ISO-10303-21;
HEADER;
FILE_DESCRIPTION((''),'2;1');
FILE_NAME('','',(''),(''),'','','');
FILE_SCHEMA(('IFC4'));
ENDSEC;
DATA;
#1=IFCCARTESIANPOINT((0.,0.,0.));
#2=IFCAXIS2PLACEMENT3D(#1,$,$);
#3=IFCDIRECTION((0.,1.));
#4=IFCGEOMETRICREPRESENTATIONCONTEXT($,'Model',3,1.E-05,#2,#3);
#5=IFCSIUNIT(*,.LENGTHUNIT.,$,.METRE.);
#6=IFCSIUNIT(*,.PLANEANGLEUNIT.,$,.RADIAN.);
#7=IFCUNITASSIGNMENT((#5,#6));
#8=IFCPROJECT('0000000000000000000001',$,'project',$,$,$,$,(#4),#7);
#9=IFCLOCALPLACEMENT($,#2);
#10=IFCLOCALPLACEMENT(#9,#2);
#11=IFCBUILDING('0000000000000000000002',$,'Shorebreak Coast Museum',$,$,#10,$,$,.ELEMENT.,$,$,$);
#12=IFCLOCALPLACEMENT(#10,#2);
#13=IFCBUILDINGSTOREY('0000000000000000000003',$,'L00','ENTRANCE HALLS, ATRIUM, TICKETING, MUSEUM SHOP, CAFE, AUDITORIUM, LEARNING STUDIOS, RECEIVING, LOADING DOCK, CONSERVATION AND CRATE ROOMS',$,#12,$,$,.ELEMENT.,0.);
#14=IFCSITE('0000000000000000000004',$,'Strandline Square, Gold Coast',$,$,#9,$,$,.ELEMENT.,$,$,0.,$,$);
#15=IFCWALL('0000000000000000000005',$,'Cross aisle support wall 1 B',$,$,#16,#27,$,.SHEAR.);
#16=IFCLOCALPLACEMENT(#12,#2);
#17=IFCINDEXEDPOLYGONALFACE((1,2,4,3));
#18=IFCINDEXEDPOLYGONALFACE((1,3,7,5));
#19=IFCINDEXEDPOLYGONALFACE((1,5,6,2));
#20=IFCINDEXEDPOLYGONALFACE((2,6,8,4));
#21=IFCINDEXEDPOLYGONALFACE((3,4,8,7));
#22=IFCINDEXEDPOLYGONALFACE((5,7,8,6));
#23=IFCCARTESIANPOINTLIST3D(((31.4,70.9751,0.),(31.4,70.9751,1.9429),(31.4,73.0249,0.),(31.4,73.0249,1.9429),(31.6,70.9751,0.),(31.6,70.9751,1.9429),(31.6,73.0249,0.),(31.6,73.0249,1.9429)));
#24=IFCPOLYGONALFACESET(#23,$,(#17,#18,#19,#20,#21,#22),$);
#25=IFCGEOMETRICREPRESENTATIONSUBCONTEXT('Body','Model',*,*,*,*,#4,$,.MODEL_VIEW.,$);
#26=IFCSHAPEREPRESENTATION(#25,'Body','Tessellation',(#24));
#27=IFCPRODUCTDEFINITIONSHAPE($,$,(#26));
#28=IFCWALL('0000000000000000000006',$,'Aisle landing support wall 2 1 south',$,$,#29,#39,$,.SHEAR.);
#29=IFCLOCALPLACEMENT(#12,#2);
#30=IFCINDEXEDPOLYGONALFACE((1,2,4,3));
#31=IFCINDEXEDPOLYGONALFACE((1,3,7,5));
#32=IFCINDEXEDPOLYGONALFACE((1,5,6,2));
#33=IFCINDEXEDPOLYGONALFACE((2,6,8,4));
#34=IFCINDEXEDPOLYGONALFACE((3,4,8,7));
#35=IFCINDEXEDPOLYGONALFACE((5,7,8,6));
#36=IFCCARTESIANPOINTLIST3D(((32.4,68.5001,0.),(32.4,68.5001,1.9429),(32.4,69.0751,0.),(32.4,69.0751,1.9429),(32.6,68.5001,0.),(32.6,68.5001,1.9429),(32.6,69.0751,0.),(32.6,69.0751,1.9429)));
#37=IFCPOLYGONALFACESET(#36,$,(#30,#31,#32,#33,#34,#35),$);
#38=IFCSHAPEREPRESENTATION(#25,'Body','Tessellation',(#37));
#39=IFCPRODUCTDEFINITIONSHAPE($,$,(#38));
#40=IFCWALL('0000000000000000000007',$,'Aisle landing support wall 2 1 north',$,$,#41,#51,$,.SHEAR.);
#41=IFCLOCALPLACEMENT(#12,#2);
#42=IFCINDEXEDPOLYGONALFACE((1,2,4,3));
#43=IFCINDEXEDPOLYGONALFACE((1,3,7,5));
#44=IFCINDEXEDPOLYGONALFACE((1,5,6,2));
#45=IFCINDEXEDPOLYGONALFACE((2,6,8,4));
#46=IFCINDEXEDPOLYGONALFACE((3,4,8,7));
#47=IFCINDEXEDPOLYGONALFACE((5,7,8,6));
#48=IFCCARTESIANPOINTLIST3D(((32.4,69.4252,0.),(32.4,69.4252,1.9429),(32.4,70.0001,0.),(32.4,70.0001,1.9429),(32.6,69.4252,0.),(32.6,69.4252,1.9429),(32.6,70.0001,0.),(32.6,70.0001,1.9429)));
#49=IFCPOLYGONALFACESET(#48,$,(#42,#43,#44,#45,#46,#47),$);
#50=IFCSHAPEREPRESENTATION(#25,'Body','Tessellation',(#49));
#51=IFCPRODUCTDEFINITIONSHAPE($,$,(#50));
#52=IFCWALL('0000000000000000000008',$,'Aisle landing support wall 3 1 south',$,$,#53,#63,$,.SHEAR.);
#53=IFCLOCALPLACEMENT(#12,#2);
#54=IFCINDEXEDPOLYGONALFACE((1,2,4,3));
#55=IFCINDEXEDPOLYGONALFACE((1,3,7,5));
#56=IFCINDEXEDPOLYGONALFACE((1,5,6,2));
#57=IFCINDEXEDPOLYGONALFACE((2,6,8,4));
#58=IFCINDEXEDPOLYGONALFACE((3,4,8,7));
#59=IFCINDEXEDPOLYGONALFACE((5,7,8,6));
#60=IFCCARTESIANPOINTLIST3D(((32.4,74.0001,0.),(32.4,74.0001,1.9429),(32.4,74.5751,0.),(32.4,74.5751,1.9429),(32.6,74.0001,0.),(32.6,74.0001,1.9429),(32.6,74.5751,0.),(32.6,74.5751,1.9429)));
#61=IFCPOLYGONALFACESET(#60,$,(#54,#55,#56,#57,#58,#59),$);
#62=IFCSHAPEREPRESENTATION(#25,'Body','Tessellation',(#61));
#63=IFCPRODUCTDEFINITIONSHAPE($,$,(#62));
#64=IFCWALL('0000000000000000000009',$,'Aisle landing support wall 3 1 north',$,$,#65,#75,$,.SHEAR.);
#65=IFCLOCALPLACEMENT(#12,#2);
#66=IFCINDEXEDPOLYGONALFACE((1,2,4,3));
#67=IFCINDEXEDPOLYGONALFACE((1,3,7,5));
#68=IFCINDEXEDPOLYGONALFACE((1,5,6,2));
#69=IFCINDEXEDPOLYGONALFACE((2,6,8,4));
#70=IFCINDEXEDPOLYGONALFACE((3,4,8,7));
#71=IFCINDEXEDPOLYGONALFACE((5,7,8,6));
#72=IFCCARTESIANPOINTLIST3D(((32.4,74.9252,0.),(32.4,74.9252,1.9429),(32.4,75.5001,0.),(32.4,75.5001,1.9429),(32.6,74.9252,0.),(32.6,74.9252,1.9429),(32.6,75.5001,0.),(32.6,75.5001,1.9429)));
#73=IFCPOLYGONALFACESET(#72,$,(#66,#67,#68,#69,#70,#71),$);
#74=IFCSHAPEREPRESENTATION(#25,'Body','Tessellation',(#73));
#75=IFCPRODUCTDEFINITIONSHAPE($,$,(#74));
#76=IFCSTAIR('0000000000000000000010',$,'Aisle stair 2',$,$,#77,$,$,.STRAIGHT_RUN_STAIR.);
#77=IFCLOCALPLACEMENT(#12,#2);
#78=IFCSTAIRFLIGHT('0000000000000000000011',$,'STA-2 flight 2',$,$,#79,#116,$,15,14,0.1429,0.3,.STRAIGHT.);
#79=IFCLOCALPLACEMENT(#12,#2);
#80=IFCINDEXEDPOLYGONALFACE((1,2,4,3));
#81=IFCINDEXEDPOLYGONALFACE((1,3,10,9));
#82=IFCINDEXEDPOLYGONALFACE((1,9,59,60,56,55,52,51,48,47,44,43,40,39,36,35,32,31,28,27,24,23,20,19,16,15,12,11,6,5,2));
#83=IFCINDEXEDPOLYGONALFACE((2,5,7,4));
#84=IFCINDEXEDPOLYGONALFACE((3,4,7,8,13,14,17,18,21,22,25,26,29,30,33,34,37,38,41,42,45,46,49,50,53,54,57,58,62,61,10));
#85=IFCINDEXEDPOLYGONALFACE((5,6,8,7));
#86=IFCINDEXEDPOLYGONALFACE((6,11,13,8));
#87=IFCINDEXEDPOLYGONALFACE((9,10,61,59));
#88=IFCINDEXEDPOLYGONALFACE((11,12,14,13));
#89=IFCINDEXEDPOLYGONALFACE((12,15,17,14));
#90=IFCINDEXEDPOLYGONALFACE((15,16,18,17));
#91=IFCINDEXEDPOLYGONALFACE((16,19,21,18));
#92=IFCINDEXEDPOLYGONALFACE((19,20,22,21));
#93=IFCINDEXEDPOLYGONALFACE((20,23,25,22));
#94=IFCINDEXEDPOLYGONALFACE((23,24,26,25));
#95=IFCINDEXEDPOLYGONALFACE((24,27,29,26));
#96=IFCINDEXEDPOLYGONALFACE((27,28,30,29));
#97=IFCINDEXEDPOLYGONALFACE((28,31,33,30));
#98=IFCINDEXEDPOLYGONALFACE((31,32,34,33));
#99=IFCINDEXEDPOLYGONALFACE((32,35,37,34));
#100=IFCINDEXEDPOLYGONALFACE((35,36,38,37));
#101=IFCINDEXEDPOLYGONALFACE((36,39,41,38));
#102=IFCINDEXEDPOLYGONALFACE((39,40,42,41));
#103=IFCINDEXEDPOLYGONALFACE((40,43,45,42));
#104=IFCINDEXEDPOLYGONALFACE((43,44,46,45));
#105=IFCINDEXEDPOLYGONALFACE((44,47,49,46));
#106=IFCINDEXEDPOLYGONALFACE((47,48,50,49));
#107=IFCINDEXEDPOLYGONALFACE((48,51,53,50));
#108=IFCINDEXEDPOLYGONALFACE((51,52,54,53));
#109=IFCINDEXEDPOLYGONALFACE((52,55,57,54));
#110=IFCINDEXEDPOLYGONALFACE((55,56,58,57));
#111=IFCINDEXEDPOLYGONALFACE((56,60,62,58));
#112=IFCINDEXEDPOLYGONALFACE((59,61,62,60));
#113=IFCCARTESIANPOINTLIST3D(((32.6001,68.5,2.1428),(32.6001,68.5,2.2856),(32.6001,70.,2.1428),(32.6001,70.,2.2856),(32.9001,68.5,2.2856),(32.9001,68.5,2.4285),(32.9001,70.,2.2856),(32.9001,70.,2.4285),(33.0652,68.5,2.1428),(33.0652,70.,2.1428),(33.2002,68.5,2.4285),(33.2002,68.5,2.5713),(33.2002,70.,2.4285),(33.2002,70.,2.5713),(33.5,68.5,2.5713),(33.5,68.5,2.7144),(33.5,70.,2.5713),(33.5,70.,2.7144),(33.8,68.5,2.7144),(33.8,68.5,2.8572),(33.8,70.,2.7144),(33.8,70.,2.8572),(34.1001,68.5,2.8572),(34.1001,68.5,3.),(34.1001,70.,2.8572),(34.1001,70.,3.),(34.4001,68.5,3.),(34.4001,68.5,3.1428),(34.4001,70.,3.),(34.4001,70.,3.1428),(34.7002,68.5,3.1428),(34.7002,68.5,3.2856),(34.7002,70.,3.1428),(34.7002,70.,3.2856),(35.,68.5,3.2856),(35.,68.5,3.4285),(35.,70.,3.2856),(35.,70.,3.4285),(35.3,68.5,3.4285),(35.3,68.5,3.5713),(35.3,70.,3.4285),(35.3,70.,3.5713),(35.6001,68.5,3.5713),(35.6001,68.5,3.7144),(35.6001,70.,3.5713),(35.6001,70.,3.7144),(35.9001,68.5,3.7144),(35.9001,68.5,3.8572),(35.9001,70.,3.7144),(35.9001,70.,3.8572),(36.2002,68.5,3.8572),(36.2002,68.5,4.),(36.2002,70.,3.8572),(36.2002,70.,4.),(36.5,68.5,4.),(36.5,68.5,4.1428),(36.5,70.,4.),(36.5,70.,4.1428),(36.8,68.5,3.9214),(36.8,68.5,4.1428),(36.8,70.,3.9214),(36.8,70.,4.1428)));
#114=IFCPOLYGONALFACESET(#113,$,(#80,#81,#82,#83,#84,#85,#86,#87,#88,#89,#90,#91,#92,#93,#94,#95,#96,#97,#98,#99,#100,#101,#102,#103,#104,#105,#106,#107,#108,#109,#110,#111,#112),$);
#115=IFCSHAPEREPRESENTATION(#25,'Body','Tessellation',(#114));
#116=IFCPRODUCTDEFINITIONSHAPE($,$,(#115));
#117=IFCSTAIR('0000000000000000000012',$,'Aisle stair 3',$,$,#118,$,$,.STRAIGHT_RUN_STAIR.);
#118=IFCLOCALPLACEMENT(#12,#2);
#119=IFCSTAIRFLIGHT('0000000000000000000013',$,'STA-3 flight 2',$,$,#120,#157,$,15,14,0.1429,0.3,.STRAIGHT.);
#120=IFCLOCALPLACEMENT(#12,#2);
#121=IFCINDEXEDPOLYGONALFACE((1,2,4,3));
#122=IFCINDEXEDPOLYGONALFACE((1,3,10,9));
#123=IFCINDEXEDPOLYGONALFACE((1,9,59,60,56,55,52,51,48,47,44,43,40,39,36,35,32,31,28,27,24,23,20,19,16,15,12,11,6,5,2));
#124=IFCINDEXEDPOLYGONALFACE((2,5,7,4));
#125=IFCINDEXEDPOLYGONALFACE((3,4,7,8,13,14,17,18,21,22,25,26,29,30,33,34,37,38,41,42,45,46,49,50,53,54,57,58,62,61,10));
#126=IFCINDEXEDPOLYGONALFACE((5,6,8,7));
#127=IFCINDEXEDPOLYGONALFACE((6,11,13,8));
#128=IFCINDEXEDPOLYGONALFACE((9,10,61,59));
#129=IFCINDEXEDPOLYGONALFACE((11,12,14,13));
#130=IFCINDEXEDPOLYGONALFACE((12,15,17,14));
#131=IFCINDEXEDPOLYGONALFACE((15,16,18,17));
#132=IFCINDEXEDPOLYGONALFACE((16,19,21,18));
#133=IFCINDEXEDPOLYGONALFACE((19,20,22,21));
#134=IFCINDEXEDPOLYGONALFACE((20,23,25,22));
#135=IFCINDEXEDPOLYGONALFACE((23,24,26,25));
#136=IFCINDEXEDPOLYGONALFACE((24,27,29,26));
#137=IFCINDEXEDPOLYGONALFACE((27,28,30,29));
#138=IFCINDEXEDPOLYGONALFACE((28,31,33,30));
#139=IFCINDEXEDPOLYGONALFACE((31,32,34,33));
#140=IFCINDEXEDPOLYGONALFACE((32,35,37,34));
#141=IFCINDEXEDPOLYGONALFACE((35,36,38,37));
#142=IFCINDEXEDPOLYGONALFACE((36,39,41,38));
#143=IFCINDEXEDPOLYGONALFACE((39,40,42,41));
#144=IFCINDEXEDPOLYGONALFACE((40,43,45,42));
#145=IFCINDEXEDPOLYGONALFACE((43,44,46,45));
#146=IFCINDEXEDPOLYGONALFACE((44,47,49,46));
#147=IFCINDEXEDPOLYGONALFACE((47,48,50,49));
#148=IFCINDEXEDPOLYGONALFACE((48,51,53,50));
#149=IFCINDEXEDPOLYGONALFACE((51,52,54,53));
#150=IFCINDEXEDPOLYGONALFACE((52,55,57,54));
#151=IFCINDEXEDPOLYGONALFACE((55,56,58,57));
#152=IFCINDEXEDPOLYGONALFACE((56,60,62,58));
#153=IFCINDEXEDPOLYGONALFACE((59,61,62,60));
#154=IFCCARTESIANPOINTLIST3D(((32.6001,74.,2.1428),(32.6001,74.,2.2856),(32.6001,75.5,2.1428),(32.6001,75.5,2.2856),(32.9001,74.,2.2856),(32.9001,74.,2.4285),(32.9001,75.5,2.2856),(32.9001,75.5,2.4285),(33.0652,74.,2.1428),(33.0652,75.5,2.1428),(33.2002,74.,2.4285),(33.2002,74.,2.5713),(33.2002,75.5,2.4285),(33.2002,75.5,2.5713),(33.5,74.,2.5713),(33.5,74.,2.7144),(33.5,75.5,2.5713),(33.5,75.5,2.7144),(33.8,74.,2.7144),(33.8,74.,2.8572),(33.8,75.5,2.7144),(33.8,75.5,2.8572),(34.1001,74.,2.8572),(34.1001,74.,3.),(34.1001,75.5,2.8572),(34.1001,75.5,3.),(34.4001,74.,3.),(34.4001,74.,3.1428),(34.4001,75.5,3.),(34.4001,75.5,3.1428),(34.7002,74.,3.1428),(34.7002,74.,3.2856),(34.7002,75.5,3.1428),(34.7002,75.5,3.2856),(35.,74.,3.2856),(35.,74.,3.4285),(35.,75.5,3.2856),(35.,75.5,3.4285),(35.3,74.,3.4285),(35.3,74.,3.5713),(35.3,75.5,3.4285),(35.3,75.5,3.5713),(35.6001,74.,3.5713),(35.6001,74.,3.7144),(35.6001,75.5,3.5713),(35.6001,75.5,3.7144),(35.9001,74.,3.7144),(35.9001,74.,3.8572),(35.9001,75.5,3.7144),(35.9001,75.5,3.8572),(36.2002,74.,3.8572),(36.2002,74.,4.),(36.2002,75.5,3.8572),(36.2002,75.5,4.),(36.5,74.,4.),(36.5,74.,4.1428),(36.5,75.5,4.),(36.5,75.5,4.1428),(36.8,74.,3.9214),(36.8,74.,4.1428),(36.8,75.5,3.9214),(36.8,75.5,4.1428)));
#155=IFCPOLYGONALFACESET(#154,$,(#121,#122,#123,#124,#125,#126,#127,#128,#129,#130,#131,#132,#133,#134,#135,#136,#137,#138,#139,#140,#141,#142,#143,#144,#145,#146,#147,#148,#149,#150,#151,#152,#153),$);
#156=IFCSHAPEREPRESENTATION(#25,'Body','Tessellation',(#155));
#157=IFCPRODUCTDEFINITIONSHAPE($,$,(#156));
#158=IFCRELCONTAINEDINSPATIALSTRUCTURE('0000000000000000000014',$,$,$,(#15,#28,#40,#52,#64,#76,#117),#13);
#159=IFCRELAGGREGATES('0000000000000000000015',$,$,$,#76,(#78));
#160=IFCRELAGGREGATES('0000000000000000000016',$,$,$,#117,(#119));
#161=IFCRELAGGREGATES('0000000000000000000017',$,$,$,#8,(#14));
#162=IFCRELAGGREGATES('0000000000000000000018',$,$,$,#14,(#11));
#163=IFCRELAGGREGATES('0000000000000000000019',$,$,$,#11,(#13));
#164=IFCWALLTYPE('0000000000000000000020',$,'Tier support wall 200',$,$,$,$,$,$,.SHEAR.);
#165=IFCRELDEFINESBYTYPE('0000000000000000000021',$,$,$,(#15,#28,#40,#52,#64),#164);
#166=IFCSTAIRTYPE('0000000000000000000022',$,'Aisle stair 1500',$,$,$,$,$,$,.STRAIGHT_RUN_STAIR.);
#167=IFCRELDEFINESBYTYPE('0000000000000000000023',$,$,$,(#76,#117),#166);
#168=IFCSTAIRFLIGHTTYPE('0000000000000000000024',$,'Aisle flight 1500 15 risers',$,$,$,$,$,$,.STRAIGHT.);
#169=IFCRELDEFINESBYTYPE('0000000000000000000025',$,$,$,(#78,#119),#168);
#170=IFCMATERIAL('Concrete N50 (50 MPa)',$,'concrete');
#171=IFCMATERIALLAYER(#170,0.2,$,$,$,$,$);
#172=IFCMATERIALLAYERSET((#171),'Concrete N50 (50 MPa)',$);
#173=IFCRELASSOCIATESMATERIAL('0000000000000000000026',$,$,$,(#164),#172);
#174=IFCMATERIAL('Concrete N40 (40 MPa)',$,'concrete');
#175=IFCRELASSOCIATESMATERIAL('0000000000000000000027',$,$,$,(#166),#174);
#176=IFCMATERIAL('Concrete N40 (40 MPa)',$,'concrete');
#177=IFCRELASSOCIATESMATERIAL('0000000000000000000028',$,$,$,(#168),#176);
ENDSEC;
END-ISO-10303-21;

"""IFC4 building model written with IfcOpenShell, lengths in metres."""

from ifc_helpers import new_model, si_unit, direction, frame, frame_2d, origin, place, context, subcontext, project, spatial, polyline, rectangle, outline, extrude, material, layer, layer_set, type_object, element, aggregate, save


model = new_model("IFC4")

# Units and contexts
model_context = context("Model", 3, precision=1e-05, world=origin(), true_north=direction((0.0, 1.0)))
body_context = subcontext(model_context, "Body", "Model", "MODEL_VIEW")
ifc_project = project(units=[si_unit("LENGTHUNIT", "METRE"), si_unit("PLANEANGLEUNIT", "RADIAN")], contexts=[model_context])

# Site, building, storey
site_placement = place(None, origin())
site = spatial("IfcSite", under=ifc_project, at=site_placement, Name="Strandline Square, Gold Coast", CompositionType="ELEMENT", RefElevation=0.0)
building_placement = place(site_placement, origin())
building = spatial("IfcBuilding", under=site, at=building_placement, Name="Shorebreak Coast Museum", CompositionType="ELEMENT")
storey_placement = place(building_placement, origin())
storey = spatial("IfcBuildingStorey", under=building, at=storey_placement, Name="L00", Description="ENTRANCE HALLS, ATRIUM, TICKETING, MUSEUM SHOP, CAFE, AUDITORIUM, LEARNING STUDIOS, RECEIVING, LOADING DOCK, CONSERVATION AND CRATE ROOMS", CompositionType="ELEMENT", Elevation=0.0)

# Walls
ifc_material_1 = material(Name="Concrete N50 (50 MPa)", Category="concrete")
ifc_layer = layer(ifc_material_1, 0.2)
ifc_layer_set = layer_set([ifc_layer], Name="Concrete N50 (50 MPa)")
wall_type = type_object("IfcWallType", Name="Tier support wall 200", PredefinedType="SHEAR", material=ifc_layer_set)
for number, where, z_axis, x_axis, name in (
    (1, (31.5, 70.9751, 0.0), (0.0, 0.0, 1.0), (0.0, 1.0, 0.0), "Cross aisle support wall 1 B"),
):
    element("IfcWall", number, at=place(storey_placement, frame(where, z_axis=z_axis, x_axis=x_axis)), inside=storey, type_object=wall_type, Name=name, PredefinedType="SHEAR", context=body_context, shape_type="SweptSolid", body=[
        extrude(rectangle(XDim=2.0498, YDim=0.2, at=frame_2d((1.0249, 0.0))), origin(), (0.0, 0.0, 1.0), 1.9429),
    ])
for number, where, z_axis, x_axis, name in (
    (2, (32.5, 68.5, 0.0), (0.0, 0.0, 1.0), (0.0, 1.0, 0.0), "Aisle landing support wall 2 1 south"),
    (3, (32.5, 69.425, 0.0), (0.0, 0.0, 1.0), (0.0, 1.0, 0.0), "Aisle landing support wall 2 1 north"),
    (4, (32.5, 74.0, 0.0), (0.0, 0.0, 1.0), (0.0, 1.0, 0.0), "Aisle landing support wall 3 1 south"),
    (5, (32.5, 74.925, 0.0), (0.0, 0.0, 1.0), (0.0, 1.0, 0.0), "Aisle landing support wall 3 1 north"),
):
    element("IfcWall", number, at=place(storey_placement, frame(where, z_axis=z_axis, x_axis=x_axis)), inside=storey, type_object=wall_type, Name=name, PredefinedType="SHEAR", context=body_context, shape_type="SweptSolid", body=[
        extrude(rectangle(XDim=0.575, YDim=0.2, at=frame_2d((0.2876, 0.0))), origin(), (0.0, 0.0, 1.0), 1.9429),
    ])

# Stairs, stair flights
ifc_material_2 = material(Name="Concrete N40 (40 MPa)", Category="concrete")
stair_type = type_object("IfcStairType", Name="Aisle stair 1500", PredefinedType="STRAIGHT_RUN_STAIR", material=ifc_material_2)
stair_1_placement = place(storey_placement, origin())
stair_1 = element("IfcStair", 6, at=stair_1_placement, inside=storey, type_object=stair_type, Name="Aisle stair 2", PredefinedType="STRAIGHT_RUN_STAIR")
ifc_material_3 = material(Name="Concrete N40 (40 MPa)", Category="concrete")
stair_flight_type = type_object("IfcStairFlightType", Name="Aisle flight 1500 15 risers", PredefinedType="STRAIGHT", material=ifc_material_3)
stair_flight_1_placement = place(storey_placement, frame((32.6001, 69.25, 2.1428), z_axis=(0.0, 0.0, 1.0), x_axis=(1.0, 0.0, 0.0)))
stair_flight_1 = element("IfcStairFlight", 7, at=stair_flight_1_placement, type_object=stair_flight_type, Name="STA-2 flight 2", NumberOfRisers=15, NumberOfTreads=14, PredefinedType="STRAIGHT", RiserHeight=0.1429, TreadLength=0.3, context=body_context, shape_type="SweptSolid", body=[
    extrude(outline(polyline([(0.0, 0.0), (0.0, 0.1428), (0.3, 0.1428), (0.3, 0.2856), (0.6001, 0.2856), (0.6001, 0.4285), (0.8999, 0.4285), (0.8999, 0.5715), (1.2, 0.5715), (1.2, 0.7144), (1.5, 0.7144), (1.5, 0.8572), (1.8, 0.8572), (1.8, 1.0), (2.1001, 1.0), (2.1001, 1.1428), (2.3999, 1.1428), (2.3999, 1.2856), (2.7, 1.2856), (2.7, 1.4285), (3.0, 1.4285), (3.0, 1.5715), (3.3, 1.5715), (3.3, 1.7144), (3.6001, 1.7144), (3.6001, 1.8572), (3.8999, 1.8572), (3.8999, 2.0), (4.2, 2.0), (4.2, 2.1428), (4.2, 1.7786), (0.4651, 0.0), (0.0, 0.0)])), frame((0.0, 0.75, 0.0), z_axis=(0.0, -1.0, 0.0), x_axis=(1.0, 0.0, 0.0)), (0.0, 0.0, 1.0), 1.5),
])
aggregate(stair_1, [stair_flight_1])
stair_2_placement = place(storey_placement, origin())
stair_2 = element("IfcStair", 8, at=stair_2_placement, inside=storey, type_object=stair_type, Name="Aisle stair 3", PredefinedType="STRAIGHT_RUN_STAIR")
stair_flight_2_placement = place(storey_placement, frame((32.6001, 74.75, 2.1428), z_axis=(0.0, 0.0, 1.0), x_axis=(1.0, 0.0, 0.0)))
stair_flight_2 = element("IfcStairFlight", 9, at=stair_flight_2_placement, type_object=stair_flight_type, Name="STA-3 flight 2", NumberOfRisers=15, NumberOfTreads=14, PredefinedType="STRAIGHT", RiserHeight=0.1429, TreadLength=0.3, context=body_context, shape_type="SweptSolid", body=[
    extrude(outline(polyline([(0.0, 0.0), (0.0, 0.1428), (0.3, 0.1428), (0.3, 0.2856), (0.6001, 0.2856), (0.6001, 0.4285), (0.8999, 0.4285), (0.8999, 0.5715), (1.2, 0.5715), (1.2, 0.7144), (1.5, 0.7144), (1.5, 0.8572), (1.8, 0.8572), (1.8, 1.0), (2.1001, 1.0), (2.1001, 1.1428), (2.3999, 1.1428), (2.3999, 1.2856), (2.7, 1.2856), (2.7, 1.4285), (3.0, 1.4285), (3.0, 1.5715), (3.3, 1.5715), (3.3, 1.7144), (3.6001, 1.7144), (3.6001, 1.8572), (3.8999, 1.8572), (3.8999, 2.0), (4.2, 2.0), (4.2, 2.1428), (4.2, 1.7786), (0.4651, 0.0), (0.0, 0.0)])), frame((0.0, 0.75, 0.0), z_axis=(0.0, -1.0, 0.0), x_axis=(1.0, 0.0, 0.0)), (0.0, 0.0, 1.0), 1.5),
])
aggregate(stair_2, [stair_flight_2])

save(model, "model.ifc")
